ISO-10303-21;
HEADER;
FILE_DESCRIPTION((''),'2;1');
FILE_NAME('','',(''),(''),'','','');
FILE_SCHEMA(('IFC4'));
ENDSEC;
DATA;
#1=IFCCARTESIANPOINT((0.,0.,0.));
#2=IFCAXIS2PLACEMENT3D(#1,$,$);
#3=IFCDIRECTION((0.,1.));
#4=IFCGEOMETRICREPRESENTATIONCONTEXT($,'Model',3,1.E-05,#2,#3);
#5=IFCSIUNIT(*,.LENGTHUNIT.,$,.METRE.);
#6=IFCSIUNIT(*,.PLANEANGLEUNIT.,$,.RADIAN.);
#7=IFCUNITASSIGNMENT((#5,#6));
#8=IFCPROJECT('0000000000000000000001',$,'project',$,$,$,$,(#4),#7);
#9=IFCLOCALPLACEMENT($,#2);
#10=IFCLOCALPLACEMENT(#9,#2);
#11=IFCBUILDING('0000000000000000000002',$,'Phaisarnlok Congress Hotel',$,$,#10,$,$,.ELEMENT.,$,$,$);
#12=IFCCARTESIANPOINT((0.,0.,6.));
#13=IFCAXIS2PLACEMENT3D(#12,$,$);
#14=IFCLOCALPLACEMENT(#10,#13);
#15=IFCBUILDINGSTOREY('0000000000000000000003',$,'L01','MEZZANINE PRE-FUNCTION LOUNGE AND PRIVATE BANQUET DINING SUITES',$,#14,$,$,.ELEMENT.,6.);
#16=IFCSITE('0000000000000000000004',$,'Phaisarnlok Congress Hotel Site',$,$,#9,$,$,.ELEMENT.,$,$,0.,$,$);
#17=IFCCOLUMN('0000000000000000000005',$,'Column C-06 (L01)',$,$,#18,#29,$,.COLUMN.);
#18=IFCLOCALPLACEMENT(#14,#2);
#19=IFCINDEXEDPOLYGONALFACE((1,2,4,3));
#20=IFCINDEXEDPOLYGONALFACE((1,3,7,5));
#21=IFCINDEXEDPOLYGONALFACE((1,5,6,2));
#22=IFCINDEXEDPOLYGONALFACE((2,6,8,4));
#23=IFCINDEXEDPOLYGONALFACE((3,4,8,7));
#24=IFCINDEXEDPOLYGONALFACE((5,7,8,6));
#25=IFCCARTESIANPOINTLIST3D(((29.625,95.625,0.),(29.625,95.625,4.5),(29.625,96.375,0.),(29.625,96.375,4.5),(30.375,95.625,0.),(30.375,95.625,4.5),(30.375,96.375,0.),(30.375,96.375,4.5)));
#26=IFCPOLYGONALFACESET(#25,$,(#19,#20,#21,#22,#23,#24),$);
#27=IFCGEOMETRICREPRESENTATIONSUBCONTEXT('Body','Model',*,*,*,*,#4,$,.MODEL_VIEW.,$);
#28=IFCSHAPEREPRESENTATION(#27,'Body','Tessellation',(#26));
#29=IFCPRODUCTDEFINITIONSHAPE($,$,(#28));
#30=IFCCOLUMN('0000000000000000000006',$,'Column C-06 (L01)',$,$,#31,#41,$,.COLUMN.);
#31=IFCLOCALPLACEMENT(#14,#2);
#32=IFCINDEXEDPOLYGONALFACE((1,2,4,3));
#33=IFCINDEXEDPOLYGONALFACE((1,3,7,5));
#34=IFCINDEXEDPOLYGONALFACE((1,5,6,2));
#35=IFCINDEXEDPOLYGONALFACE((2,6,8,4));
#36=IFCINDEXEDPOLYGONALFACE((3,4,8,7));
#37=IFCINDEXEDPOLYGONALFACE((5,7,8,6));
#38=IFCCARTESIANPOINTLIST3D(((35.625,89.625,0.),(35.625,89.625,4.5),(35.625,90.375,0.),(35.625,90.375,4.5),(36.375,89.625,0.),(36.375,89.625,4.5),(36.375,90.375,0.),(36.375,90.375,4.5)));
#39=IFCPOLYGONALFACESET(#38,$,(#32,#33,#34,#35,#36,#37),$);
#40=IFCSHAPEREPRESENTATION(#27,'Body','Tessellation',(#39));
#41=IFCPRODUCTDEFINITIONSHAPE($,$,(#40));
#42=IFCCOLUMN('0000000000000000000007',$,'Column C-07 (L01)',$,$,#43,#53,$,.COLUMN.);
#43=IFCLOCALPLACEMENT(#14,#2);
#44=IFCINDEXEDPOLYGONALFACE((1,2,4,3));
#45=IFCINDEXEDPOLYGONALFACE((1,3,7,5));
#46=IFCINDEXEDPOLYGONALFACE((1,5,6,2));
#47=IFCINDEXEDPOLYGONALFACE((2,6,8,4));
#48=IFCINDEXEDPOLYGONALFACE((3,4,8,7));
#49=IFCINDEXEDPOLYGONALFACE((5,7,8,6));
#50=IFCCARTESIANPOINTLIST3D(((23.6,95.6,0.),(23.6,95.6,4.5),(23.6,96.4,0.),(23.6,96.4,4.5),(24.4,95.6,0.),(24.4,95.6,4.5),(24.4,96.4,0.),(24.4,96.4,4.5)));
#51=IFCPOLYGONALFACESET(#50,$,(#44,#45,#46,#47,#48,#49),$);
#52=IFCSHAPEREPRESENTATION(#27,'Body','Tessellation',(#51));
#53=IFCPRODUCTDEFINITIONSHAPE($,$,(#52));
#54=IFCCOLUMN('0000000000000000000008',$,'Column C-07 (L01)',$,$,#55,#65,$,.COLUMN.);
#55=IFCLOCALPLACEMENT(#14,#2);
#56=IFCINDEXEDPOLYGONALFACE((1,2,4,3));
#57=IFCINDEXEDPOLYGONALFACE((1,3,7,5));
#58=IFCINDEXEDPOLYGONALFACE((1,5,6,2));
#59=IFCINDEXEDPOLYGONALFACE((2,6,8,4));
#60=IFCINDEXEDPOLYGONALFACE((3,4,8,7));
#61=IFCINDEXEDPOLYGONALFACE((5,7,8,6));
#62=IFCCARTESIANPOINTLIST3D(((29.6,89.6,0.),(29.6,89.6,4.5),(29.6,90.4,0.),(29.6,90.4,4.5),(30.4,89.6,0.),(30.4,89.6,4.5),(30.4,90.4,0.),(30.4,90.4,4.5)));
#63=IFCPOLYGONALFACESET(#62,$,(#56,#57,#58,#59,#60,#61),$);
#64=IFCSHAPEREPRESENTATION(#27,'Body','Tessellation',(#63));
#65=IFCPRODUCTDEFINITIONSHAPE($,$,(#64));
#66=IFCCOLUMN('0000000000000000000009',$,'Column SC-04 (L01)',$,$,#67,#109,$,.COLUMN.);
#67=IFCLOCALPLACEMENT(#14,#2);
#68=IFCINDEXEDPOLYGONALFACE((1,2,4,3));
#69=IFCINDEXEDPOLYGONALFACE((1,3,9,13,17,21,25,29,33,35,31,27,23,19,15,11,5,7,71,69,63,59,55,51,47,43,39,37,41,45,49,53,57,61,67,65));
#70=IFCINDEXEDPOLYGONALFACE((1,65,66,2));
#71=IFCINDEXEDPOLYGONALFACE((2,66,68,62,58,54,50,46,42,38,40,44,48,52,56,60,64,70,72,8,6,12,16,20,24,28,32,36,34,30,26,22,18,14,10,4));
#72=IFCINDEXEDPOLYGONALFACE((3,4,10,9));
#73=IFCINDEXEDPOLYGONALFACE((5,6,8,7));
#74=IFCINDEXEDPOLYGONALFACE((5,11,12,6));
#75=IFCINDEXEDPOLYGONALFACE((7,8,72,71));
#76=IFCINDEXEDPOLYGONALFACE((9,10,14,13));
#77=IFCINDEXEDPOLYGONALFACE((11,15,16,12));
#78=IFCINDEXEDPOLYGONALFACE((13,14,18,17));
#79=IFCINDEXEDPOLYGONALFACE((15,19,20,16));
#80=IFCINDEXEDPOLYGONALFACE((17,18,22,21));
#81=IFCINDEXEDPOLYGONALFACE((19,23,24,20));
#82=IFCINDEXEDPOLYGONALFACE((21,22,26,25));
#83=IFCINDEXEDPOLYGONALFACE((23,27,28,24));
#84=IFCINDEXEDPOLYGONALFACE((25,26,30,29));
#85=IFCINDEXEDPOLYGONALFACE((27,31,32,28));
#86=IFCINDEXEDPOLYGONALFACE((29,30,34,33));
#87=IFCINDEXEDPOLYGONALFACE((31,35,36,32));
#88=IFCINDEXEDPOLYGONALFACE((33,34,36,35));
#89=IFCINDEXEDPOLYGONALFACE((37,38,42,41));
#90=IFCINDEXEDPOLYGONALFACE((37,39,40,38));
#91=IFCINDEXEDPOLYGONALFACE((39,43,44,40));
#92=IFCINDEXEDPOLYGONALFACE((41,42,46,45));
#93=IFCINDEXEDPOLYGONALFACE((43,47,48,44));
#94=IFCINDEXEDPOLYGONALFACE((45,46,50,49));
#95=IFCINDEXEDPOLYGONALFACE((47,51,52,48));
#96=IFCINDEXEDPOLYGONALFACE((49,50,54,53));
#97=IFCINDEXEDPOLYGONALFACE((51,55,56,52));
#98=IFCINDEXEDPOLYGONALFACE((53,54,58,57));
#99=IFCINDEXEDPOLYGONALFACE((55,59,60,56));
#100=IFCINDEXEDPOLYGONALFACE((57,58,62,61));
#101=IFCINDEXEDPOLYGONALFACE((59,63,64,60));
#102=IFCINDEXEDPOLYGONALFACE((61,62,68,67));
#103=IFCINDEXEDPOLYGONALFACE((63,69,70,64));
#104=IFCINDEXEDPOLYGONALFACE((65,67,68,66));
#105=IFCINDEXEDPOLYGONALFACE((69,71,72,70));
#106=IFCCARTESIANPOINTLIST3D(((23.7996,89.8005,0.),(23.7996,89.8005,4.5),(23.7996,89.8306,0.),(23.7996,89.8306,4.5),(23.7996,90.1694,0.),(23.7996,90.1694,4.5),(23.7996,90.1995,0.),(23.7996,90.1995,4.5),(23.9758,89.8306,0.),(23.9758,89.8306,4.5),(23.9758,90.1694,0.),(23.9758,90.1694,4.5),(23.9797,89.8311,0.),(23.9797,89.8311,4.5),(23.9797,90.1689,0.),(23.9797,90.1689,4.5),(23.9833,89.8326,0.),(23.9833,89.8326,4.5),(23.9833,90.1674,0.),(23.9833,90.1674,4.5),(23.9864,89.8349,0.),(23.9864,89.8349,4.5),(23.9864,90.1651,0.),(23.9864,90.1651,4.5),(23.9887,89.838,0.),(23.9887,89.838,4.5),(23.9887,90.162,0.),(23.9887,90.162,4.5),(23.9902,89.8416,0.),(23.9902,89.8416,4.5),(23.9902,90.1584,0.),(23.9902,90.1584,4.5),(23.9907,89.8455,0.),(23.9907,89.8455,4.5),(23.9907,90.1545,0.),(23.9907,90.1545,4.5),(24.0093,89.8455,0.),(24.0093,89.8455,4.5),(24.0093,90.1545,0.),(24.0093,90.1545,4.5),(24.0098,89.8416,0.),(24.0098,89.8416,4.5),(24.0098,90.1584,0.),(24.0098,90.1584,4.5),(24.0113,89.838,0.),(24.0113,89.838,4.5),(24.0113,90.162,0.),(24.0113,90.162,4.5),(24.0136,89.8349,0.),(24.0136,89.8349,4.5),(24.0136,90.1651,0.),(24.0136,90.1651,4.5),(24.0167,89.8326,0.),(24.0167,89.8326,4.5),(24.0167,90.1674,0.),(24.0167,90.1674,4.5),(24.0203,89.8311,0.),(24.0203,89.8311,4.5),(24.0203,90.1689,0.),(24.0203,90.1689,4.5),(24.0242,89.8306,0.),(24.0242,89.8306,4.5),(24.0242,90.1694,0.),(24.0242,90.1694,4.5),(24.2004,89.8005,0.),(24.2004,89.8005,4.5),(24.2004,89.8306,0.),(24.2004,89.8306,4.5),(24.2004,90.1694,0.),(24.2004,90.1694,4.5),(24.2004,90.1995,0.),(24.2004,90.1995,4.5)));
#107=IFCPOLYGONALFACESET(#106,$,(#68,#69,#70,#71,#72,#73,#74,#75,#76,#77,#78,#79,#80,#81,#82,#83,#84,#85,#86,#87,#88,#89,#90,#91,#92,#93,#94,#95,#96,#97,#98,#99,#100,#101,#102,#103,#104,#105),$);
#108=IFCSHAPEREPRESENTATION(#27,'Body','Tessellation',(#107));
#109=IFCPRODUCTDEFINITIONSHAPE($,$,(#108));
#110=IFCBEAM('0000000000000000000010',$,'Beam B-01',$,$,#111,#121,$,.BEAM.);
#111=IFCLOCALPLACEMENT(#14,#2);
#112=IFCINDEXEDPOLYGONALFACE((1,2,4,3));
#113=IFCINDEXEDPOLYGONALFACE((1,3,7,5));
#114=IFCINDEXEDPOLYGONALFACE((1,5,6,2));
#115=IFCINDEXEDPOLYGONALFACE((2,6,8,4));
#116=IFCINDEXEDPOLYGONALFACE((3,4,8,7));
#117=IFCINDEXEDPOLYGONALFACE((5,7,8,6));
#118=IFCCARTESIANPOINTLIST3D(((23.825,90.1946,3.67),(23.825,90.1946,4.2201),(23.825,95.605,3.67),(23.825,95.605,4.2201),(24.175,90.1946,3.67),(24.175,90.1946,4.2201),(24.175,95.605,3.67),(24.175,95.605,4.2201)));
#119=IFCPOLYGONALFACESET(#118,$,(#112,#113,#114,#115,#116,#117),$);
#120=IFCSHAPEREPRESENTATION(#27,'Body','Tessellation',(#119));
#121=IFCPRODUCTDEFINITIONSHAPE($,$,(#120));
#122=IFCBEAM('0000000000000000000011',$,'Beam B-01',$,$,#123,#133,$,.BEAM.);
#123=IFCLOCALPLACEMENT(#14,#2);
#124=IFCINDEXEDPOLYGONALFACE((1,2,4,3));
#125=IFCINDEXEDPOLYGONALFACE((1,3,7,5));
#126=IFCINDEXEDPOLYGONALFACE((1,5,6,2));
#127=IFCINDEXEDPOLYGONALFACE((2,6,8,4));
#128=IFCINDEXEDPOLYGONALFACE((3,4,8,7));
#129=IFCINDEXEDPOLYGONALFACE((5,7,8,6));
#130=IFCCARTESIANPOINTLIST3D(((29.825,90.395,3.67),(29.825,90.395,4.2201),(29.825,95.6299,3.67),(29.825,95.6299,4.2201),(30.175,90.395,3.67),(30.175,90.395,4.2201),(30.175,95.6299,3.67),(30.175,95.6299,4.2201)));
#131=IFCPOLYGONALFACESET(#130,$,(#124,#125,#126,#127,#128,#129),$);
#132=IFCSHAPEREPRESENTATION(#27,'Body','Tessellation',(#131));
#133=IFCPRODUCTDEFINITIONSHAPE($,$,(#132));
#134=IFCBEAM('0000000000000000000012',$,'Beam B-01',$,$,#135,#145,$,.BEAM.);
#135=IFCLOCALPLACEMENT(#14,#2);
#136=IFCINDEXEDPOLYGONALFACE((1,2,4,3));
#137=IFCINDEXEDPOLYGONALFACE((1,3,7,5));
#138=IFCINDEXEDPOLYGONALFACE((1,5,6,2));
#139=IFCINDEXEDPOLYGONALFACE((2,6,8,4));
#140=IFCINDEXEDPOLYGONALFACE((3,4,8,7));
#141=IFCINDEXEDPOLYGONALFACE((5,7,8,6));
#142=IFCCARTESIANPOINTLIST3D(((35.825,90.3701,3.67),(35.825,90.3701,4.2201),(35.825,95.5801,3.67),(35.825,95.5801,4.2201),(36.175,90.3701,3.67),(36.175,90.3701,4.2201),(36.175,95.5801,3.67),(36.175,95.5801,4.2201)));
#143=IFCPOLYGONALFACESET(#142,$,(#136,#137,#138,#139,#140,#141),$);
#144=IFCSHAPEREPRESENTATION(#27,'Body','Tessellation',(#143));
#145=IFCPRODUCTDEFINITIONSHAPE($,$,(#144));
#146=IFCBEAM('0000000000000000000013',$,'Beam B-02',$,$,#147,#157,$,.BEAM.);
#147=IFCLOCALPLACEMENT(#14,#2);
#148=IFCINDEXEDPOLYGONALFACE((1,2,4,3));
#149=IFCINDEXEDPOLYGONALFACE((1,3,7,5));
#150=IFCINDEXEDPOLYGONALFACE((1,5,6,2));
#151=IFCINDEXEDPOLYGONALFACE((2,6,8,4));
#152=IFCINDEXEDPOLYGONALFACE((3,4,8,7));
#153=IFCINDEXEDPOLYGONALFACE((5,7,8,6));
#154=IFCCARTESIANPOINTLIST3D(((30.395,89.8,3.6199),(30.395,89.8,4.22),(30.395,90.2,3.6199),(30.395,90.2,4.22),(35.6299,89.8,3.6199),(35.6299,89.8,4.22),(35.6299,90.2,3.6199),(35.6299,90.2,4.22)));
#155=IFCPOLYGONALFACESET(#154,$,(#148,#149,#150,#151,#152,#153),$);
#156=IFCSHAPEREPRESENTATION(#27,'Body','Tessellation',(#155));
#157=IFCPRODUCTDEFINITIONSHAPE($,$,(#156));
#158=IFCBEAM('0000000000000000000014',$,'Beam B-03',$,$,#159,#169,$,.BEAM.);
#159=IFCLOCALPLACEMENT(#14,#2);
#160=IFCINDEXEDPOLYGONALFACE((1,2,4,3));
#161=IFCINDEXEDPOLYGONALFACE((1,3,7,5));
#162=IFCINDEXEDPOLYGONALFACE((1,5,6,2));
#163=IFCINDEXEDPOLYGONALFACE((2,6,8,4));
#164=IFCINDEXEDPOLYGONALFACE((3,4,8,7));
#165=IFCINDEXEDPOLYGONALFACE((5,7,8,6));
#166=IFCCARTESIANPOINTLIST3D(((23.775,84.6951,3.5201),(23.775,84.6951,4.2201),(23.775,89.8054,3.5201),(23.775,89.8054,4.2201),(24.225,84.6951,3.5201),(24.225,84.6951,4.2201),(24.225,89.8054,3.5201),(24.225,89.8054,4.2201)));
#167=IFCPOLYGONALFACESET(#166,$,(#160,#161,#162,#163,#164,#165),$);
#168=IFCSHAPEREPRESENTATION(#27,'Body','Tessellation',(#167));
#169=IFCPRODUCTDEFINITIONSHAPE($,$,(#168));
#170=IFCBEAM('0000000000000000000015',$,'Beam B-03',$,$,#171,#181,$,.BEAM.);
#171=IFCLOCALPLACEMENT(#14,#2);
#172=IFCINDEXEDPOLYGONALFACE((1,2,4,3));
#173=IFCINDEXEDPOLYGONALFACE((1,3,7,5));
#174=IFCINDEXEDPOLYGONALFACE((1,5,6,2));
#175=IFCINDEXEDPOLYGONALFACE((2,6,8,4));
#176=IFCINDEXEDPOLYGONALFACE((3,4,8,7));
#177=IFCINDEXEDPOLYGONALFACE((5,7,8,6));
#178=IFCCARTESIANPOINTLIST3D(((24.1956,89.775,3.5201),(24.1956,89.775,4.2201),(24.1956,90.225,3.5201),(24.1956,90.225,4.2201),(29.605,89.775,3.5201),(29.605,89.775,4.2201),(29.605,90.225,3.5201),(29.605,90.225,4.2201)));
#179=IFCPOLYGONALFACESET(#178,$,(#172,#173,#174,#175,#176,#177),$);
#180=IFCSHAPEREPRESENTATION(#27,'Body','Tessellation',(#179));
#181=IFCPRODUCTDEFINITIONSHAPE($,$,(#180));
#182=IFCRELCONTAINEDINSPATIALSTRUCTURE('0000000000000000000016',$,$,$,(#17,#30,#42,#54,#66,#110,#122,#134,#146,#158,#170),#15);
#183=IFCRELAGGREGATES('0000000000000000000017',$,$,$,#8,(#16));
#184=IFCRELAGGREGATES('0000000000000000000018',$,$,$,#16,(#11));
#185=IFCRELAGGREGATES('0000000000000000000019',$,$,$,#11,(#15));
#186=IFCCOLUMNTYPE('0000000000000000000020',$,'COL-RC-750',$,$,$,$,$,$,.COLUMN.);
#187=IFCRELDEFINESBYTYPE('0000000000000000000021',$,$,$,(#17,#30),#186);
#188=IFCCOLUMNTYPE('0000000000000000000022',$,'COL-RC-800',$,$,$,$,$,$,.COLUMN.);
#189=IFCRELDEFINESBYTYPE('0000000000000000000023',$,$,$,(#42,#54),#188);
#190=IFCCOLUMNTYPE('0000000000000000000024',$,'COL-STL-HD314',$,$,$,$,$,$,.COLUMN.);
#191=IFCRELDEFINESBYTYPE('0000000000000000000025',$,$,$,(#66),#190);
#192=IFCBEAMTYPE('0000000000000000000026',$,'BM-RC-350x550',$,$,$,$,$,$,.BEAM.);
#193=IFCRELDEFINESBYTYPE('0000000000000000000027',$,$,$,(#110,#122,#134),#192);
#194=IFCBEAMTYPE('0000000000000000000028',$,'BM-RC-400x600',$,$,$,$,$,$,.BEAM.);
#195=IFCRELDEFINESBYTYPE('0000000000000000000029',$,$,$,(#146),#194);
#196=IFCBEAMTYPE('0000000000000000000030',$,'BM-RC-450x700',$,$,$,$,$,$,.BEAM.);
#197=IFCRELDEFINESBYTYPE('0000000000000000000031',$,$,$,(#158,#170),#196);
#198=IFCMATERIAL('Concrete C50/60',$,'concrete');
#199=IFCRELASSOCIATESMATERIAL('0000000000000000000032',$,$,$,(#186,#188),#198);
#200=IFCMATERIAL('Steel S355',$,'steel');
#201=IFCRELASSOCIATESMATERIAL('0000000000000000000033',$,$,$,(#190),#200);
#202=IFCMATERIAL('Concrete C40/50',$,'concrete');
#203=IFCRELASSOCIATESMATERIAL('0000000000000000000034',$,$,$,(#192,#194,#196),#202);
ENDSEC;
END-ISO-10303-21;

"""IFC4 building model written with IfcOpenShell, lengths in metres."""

from ifc_helpers import new_model, si_unit, direction, frame, origin, origin_2d, place, context, subcontext, project, spatial, rectangle, i_section, extrude, material, material_profile, profile_set, type_object, element, save


model = new_model("IFC4")

# Units and contexts
model_context = context("Model", 3, precision=1e-05, world=origin(), true_north=direction((0.0, 1.0)))
body_context = subcontext(model_context, "Body", "Model", "MODEL_VIEW")
ifc_project = project(units=[si_unit("LENGTHUNIT", "METRE"), si_unit("PLANEANGLEUNIT", "RADIAN")], contexts=[model_context])

# Site, building, storey
site_placement = place(None, origin())
site = spatial("IfcSite", under=ifc_project, at=site_placement, Name="Phaisarnlok Congress Hotel Site", CompositionType="ELEMENT", RefElevation=0.0)
building_placement = place(site_placement, origin())
building = spatial("IfcBuilding", under=site, at=building_placement, Name="Phaisarnlok Congress Hotel", CompositionType="ELEMENT")
storey_placement = place(building_placement, frame((0.0, 0.0, 6.0)))
storey = spatial("IfcBuildingStorey", under=building, at=storey_placement, Name="L01", Description="MEZZANINE PRE-FUNCTION LOUNGE AND PRIVATE BANQUET DINING SUITES", CompositionType="ELEMENT", Elevation=6.0)

# Columns
ifc_material_1 = material(Name="Concrete C50/60", Category="concrete")
ifc_material_profile_1 = material_profile(ifc_material_1, rectangle(XDim=0.75, YDim=0.75, at=origin_2d()), Name="RC 750x750")
ifc_profile_set_1 = profile_set([ifc_material_profile_1], Name="Concrete C50/60")
column_type_1 = type_object("IfcColumnType", Name="COL-RC-750", PredefinedType="COLUMN", material=ifc_profile_set_1)
for number, where, z_axis, x_axis, name in (
    (1, (30.0, 96.0, 0.0), (0.0, 0.0, 1.0), (1.0, 0.0, 0.0), "Column C-06 (L01)"),
    (2, (36.0, 90.0, 0.0), (0.0, 0.0, 1.0), (1.0, 0.0, 0.0), "Column C-06 (L01)"),
):
    element("IfcColumn", number, at=place(storey_placement, frame(where, z_axis=z_axis, x_axis=x_axis)), inside=storey, type_object=column_type_1, Name=name, PredefinedType="COLUMN", context=body_context, shape_type="SweptSolid", body=[
        extrude(rectangle(XDim=0.75, YDim=0.75, at=origin_2d()), origin(), (0.0, 0.0, 1.0), 4.5),
    ])
ifc_material_profile_2 = material_profile(ifc_material_1, rectangle(XDim=0.8, YDim=0.8, at=origin_2d()), Name="RC 800x800")
ifc_profile_set_2 = profile_set([ifc_material_profile_2], Name="Concrete C50/60")
column_type_2 = type_object("IfcColumnType", Name="COL-RC-800", PredefinedType="COLUMN", material=ifc_profile_set_2)
for number, where, z_axis, x_axis, name in (
    (3, (24.0, 96.0, 0.0), (0.0, 0.0, 1.0), (1.0, 0.0, 0.0), "Column C-07 (L01)"),
    (4, (30.0, 90.0, 0.0), (0.0, 0.0, 1.0), (1.0, 0.0, 0.0), "Column C-07 (L01)"),
):
    element("IfcColumn", number, at=place(storey_placement, frame(where, z_axis=z_axis, x_axis=x_axis)), inside=storey, type_object=column_type_2, Name=name, PredefinedType="COLUMN", context=body_context, shape_type="SweptSolid", body=[
        extrude(rectangle(XDim=0.8, YDim=0.8, at=origin_2d()), origin(), (0.0, 0.0, 1.0), 4.5),
    ])
ifc_material_2 = material(Name="Steel S355", Category="steel")
ifc_material_profile_3 = material_profile(ifc_material_2, i_section(OverallWidth=0.4009, OverallDepth=0.3989, WebThickness=0.0186, FlangeThickness=0.03, FilletRadius=0.0149, at=origin_2d()), Name="HD 400x314")
ifc_profile_set_3 = profile_set([ifc_material_profile_3], Name="Steel S355")
column_type_3 = type_object("IfcColumnType", Name="COL-STL-HD314", PredefinedType="COLUMN", material=ifc_profile_set_3)
column_placement = place(storey_placement, frame((24.0, 90.0, 0.0), z_axis=(0.0, 0.0, 1.0), x_axis=(1.0, 0.0, 0.0)))
element("IfcColumn", 5, at=column_placement, inside=storey, type_object=column_type_3, Name="Column SC-04 (L01)", PredefinedType="COLUMN", context=body_context, shape_type="SweptSolid", body=[
    extrude(i_section(OverallWidth=0.4009, OverallDepth=0.3989, WebThickness=0.0186, FlangeThickness=0.03, FilletRadius=0.0149, at=origin_2d()), origin(), (0.0, 0.0, 1.0), 4.5),
])

# Beams
ifc_material_3 = material(Name="Concrete C40/50", Category="concrete")
ifc_material_profile_4 = material_profile(ifc_material_3, rectangle(XDim=0.3501, YDim=0.55, at=origin_2d()), Name="RC 350x550")
ifc_profile_set_4 = profile_set([ifc_material_profile_4], Name="Concrete C40/50")
beam_type_1 = type_object("IfcBeamType", Name="BM-RC-350x550", PredefinedType="BEAM", material=ifc_profile_set_4)
beam_1_placement = place(storey_placement, frame((24.0, 90.1946, 3.9451), z_axis=(0.0, 1.0, 0.0), x_axis=(-1.0, 0.0, 0.0)))
element("IfcBeam", 6, at=beam_1_placement, inside=storey, type_object=beam_type_1, Name="Beam B-01", PredefinedType="BEAM", context=body_context, shape_type="SweptSolid", body=[
    extrude(rectangle(XDim=0.3501, YDim=0.55, at=origin_2d()), origin(), (0.0, 0.0, 1.0), 5.4104),
])
beam_2_placement = place(storey_placement, frame((30.0, 90.395, 3.9451), z_axis=(0.0, 1.0, 0.0), x_axis=(-1.0, 0.0, 0.0)))
element("IfcBeam", 7, at=beam_2_placement, inside=storey, type_object=beam_type_1, Name="Beam B-01", PredefinedType="BEAM", context=body_context, shape_type="SweptSolid", body=[
    extrude(rectangle(XDim=0.3501, YDim=0.55, at=origin_2d()), origin(), (0.0, 0.0, 1.0), 5.2349),
])
beam_3_placement = place(storey_placement, frame((36.0, 90.3701, 3.9451), z_axis=(0.0, 1.0, 0.0), x_axis=(-1.0, 0.0, 0.0)))
element("IfcBeam", 8, at=beam_3_placement, inside=storey, type_object=beam_type_1, Name="Beam B-01", PredefinedType="BEAM", context=body_context, shape_type="SweptSolid", body=[
    extrude(rectangle(XDim=0.3501, YDim=0.55, at=origin_2d()), origin(), (0.0, 0.0, 1.0), 5.21),
])
ifc_material_profile_5 = material_profile(ifc_material_3, rectangle(XDim=0.3999, YDim=0.6001, at=origin_2d()), Name="RC 400x600")
ifc_profile_set_5 = profile_set([ifc_material_profile_5], Name="Concrete C40/50")
beam_type_2 = type_object("IfcBeamType", Name="BM-RC-400x600", PredefinedType="BEAM", material=ifc_profile_set_5)
beam_4_placement = place(storey_placement, frame((30.395, 90.0, 3.9199), z_axis=(1.0, 0.0, 0.0), x_axis=(0.0, 1.0, 0.0)))
element("IfcBeam", 9, at=beam_4_placement, inside=storey, type_object=beam_type_2, Name="Beam B-02", PredefinedType="BEAM", context=body_context, shape_type="SweptSolid", body=[
    extrude(rectangle(XDim=0.3999, YDim=0.6001, at=origin_2d()), origin(), (0.0, 0.0, 1.0), 5.2349),
])
ifc_material_profile_6 = material_profile(ifc_material_3, rectangle(XDim=0.45, YDim=0.7, at=origin_2d()), Name="RC 450x700")
ifc_profile_set_6 = profile_set([ifc_material_profile_6], Name="Concrete C40/50")
beam_type_3 = type_object("IfcBeamType", Name="BM-RC-450x700", PredefinedType="BEAM", material=ifc_profile_set_6)
beam_5_placement = place(storey_placement, frame((24.0, 84.6951, 3.8701), z_axis=(0.0, 1.0, 0.0), x_axis=(-1.0, 0.0, 0.0)))
element("IfcBeam", 10, at=beam_5_placement, inside=storey, type_object=beam_type_3, Name="Beam B-03", PredefinedType="BEAM", context=body_context, shape_type="SweptSolid", body=[
    extrude(rectangle(XDim=0.45, YDim=0.7, at=origin_2d()), origin(), (0.0, 0.0, 1.0), 5.1104),
])
beam_6_placement = place(storey_placement, frame((24.1956, 90.0, 3.8701), z_axis=(1.0, 0.0, 0.0), x_axis=(0.0, 1.0, 0.0)))
element("IfcBeam", 11, at=beam_6_placement, inside=storey, type_object=beam_type_3, Name="Beam B-03", PredefinedType="BEAM", context=body_context, shape_type="SweptSolid", body=[
    extrude(rectangle(XDim=0.45, YDim=0.7, at=origin_2d()), origin(), (0.0, 0.0, 1.0), 5.4094),
])

save(model, "model.ifc")
